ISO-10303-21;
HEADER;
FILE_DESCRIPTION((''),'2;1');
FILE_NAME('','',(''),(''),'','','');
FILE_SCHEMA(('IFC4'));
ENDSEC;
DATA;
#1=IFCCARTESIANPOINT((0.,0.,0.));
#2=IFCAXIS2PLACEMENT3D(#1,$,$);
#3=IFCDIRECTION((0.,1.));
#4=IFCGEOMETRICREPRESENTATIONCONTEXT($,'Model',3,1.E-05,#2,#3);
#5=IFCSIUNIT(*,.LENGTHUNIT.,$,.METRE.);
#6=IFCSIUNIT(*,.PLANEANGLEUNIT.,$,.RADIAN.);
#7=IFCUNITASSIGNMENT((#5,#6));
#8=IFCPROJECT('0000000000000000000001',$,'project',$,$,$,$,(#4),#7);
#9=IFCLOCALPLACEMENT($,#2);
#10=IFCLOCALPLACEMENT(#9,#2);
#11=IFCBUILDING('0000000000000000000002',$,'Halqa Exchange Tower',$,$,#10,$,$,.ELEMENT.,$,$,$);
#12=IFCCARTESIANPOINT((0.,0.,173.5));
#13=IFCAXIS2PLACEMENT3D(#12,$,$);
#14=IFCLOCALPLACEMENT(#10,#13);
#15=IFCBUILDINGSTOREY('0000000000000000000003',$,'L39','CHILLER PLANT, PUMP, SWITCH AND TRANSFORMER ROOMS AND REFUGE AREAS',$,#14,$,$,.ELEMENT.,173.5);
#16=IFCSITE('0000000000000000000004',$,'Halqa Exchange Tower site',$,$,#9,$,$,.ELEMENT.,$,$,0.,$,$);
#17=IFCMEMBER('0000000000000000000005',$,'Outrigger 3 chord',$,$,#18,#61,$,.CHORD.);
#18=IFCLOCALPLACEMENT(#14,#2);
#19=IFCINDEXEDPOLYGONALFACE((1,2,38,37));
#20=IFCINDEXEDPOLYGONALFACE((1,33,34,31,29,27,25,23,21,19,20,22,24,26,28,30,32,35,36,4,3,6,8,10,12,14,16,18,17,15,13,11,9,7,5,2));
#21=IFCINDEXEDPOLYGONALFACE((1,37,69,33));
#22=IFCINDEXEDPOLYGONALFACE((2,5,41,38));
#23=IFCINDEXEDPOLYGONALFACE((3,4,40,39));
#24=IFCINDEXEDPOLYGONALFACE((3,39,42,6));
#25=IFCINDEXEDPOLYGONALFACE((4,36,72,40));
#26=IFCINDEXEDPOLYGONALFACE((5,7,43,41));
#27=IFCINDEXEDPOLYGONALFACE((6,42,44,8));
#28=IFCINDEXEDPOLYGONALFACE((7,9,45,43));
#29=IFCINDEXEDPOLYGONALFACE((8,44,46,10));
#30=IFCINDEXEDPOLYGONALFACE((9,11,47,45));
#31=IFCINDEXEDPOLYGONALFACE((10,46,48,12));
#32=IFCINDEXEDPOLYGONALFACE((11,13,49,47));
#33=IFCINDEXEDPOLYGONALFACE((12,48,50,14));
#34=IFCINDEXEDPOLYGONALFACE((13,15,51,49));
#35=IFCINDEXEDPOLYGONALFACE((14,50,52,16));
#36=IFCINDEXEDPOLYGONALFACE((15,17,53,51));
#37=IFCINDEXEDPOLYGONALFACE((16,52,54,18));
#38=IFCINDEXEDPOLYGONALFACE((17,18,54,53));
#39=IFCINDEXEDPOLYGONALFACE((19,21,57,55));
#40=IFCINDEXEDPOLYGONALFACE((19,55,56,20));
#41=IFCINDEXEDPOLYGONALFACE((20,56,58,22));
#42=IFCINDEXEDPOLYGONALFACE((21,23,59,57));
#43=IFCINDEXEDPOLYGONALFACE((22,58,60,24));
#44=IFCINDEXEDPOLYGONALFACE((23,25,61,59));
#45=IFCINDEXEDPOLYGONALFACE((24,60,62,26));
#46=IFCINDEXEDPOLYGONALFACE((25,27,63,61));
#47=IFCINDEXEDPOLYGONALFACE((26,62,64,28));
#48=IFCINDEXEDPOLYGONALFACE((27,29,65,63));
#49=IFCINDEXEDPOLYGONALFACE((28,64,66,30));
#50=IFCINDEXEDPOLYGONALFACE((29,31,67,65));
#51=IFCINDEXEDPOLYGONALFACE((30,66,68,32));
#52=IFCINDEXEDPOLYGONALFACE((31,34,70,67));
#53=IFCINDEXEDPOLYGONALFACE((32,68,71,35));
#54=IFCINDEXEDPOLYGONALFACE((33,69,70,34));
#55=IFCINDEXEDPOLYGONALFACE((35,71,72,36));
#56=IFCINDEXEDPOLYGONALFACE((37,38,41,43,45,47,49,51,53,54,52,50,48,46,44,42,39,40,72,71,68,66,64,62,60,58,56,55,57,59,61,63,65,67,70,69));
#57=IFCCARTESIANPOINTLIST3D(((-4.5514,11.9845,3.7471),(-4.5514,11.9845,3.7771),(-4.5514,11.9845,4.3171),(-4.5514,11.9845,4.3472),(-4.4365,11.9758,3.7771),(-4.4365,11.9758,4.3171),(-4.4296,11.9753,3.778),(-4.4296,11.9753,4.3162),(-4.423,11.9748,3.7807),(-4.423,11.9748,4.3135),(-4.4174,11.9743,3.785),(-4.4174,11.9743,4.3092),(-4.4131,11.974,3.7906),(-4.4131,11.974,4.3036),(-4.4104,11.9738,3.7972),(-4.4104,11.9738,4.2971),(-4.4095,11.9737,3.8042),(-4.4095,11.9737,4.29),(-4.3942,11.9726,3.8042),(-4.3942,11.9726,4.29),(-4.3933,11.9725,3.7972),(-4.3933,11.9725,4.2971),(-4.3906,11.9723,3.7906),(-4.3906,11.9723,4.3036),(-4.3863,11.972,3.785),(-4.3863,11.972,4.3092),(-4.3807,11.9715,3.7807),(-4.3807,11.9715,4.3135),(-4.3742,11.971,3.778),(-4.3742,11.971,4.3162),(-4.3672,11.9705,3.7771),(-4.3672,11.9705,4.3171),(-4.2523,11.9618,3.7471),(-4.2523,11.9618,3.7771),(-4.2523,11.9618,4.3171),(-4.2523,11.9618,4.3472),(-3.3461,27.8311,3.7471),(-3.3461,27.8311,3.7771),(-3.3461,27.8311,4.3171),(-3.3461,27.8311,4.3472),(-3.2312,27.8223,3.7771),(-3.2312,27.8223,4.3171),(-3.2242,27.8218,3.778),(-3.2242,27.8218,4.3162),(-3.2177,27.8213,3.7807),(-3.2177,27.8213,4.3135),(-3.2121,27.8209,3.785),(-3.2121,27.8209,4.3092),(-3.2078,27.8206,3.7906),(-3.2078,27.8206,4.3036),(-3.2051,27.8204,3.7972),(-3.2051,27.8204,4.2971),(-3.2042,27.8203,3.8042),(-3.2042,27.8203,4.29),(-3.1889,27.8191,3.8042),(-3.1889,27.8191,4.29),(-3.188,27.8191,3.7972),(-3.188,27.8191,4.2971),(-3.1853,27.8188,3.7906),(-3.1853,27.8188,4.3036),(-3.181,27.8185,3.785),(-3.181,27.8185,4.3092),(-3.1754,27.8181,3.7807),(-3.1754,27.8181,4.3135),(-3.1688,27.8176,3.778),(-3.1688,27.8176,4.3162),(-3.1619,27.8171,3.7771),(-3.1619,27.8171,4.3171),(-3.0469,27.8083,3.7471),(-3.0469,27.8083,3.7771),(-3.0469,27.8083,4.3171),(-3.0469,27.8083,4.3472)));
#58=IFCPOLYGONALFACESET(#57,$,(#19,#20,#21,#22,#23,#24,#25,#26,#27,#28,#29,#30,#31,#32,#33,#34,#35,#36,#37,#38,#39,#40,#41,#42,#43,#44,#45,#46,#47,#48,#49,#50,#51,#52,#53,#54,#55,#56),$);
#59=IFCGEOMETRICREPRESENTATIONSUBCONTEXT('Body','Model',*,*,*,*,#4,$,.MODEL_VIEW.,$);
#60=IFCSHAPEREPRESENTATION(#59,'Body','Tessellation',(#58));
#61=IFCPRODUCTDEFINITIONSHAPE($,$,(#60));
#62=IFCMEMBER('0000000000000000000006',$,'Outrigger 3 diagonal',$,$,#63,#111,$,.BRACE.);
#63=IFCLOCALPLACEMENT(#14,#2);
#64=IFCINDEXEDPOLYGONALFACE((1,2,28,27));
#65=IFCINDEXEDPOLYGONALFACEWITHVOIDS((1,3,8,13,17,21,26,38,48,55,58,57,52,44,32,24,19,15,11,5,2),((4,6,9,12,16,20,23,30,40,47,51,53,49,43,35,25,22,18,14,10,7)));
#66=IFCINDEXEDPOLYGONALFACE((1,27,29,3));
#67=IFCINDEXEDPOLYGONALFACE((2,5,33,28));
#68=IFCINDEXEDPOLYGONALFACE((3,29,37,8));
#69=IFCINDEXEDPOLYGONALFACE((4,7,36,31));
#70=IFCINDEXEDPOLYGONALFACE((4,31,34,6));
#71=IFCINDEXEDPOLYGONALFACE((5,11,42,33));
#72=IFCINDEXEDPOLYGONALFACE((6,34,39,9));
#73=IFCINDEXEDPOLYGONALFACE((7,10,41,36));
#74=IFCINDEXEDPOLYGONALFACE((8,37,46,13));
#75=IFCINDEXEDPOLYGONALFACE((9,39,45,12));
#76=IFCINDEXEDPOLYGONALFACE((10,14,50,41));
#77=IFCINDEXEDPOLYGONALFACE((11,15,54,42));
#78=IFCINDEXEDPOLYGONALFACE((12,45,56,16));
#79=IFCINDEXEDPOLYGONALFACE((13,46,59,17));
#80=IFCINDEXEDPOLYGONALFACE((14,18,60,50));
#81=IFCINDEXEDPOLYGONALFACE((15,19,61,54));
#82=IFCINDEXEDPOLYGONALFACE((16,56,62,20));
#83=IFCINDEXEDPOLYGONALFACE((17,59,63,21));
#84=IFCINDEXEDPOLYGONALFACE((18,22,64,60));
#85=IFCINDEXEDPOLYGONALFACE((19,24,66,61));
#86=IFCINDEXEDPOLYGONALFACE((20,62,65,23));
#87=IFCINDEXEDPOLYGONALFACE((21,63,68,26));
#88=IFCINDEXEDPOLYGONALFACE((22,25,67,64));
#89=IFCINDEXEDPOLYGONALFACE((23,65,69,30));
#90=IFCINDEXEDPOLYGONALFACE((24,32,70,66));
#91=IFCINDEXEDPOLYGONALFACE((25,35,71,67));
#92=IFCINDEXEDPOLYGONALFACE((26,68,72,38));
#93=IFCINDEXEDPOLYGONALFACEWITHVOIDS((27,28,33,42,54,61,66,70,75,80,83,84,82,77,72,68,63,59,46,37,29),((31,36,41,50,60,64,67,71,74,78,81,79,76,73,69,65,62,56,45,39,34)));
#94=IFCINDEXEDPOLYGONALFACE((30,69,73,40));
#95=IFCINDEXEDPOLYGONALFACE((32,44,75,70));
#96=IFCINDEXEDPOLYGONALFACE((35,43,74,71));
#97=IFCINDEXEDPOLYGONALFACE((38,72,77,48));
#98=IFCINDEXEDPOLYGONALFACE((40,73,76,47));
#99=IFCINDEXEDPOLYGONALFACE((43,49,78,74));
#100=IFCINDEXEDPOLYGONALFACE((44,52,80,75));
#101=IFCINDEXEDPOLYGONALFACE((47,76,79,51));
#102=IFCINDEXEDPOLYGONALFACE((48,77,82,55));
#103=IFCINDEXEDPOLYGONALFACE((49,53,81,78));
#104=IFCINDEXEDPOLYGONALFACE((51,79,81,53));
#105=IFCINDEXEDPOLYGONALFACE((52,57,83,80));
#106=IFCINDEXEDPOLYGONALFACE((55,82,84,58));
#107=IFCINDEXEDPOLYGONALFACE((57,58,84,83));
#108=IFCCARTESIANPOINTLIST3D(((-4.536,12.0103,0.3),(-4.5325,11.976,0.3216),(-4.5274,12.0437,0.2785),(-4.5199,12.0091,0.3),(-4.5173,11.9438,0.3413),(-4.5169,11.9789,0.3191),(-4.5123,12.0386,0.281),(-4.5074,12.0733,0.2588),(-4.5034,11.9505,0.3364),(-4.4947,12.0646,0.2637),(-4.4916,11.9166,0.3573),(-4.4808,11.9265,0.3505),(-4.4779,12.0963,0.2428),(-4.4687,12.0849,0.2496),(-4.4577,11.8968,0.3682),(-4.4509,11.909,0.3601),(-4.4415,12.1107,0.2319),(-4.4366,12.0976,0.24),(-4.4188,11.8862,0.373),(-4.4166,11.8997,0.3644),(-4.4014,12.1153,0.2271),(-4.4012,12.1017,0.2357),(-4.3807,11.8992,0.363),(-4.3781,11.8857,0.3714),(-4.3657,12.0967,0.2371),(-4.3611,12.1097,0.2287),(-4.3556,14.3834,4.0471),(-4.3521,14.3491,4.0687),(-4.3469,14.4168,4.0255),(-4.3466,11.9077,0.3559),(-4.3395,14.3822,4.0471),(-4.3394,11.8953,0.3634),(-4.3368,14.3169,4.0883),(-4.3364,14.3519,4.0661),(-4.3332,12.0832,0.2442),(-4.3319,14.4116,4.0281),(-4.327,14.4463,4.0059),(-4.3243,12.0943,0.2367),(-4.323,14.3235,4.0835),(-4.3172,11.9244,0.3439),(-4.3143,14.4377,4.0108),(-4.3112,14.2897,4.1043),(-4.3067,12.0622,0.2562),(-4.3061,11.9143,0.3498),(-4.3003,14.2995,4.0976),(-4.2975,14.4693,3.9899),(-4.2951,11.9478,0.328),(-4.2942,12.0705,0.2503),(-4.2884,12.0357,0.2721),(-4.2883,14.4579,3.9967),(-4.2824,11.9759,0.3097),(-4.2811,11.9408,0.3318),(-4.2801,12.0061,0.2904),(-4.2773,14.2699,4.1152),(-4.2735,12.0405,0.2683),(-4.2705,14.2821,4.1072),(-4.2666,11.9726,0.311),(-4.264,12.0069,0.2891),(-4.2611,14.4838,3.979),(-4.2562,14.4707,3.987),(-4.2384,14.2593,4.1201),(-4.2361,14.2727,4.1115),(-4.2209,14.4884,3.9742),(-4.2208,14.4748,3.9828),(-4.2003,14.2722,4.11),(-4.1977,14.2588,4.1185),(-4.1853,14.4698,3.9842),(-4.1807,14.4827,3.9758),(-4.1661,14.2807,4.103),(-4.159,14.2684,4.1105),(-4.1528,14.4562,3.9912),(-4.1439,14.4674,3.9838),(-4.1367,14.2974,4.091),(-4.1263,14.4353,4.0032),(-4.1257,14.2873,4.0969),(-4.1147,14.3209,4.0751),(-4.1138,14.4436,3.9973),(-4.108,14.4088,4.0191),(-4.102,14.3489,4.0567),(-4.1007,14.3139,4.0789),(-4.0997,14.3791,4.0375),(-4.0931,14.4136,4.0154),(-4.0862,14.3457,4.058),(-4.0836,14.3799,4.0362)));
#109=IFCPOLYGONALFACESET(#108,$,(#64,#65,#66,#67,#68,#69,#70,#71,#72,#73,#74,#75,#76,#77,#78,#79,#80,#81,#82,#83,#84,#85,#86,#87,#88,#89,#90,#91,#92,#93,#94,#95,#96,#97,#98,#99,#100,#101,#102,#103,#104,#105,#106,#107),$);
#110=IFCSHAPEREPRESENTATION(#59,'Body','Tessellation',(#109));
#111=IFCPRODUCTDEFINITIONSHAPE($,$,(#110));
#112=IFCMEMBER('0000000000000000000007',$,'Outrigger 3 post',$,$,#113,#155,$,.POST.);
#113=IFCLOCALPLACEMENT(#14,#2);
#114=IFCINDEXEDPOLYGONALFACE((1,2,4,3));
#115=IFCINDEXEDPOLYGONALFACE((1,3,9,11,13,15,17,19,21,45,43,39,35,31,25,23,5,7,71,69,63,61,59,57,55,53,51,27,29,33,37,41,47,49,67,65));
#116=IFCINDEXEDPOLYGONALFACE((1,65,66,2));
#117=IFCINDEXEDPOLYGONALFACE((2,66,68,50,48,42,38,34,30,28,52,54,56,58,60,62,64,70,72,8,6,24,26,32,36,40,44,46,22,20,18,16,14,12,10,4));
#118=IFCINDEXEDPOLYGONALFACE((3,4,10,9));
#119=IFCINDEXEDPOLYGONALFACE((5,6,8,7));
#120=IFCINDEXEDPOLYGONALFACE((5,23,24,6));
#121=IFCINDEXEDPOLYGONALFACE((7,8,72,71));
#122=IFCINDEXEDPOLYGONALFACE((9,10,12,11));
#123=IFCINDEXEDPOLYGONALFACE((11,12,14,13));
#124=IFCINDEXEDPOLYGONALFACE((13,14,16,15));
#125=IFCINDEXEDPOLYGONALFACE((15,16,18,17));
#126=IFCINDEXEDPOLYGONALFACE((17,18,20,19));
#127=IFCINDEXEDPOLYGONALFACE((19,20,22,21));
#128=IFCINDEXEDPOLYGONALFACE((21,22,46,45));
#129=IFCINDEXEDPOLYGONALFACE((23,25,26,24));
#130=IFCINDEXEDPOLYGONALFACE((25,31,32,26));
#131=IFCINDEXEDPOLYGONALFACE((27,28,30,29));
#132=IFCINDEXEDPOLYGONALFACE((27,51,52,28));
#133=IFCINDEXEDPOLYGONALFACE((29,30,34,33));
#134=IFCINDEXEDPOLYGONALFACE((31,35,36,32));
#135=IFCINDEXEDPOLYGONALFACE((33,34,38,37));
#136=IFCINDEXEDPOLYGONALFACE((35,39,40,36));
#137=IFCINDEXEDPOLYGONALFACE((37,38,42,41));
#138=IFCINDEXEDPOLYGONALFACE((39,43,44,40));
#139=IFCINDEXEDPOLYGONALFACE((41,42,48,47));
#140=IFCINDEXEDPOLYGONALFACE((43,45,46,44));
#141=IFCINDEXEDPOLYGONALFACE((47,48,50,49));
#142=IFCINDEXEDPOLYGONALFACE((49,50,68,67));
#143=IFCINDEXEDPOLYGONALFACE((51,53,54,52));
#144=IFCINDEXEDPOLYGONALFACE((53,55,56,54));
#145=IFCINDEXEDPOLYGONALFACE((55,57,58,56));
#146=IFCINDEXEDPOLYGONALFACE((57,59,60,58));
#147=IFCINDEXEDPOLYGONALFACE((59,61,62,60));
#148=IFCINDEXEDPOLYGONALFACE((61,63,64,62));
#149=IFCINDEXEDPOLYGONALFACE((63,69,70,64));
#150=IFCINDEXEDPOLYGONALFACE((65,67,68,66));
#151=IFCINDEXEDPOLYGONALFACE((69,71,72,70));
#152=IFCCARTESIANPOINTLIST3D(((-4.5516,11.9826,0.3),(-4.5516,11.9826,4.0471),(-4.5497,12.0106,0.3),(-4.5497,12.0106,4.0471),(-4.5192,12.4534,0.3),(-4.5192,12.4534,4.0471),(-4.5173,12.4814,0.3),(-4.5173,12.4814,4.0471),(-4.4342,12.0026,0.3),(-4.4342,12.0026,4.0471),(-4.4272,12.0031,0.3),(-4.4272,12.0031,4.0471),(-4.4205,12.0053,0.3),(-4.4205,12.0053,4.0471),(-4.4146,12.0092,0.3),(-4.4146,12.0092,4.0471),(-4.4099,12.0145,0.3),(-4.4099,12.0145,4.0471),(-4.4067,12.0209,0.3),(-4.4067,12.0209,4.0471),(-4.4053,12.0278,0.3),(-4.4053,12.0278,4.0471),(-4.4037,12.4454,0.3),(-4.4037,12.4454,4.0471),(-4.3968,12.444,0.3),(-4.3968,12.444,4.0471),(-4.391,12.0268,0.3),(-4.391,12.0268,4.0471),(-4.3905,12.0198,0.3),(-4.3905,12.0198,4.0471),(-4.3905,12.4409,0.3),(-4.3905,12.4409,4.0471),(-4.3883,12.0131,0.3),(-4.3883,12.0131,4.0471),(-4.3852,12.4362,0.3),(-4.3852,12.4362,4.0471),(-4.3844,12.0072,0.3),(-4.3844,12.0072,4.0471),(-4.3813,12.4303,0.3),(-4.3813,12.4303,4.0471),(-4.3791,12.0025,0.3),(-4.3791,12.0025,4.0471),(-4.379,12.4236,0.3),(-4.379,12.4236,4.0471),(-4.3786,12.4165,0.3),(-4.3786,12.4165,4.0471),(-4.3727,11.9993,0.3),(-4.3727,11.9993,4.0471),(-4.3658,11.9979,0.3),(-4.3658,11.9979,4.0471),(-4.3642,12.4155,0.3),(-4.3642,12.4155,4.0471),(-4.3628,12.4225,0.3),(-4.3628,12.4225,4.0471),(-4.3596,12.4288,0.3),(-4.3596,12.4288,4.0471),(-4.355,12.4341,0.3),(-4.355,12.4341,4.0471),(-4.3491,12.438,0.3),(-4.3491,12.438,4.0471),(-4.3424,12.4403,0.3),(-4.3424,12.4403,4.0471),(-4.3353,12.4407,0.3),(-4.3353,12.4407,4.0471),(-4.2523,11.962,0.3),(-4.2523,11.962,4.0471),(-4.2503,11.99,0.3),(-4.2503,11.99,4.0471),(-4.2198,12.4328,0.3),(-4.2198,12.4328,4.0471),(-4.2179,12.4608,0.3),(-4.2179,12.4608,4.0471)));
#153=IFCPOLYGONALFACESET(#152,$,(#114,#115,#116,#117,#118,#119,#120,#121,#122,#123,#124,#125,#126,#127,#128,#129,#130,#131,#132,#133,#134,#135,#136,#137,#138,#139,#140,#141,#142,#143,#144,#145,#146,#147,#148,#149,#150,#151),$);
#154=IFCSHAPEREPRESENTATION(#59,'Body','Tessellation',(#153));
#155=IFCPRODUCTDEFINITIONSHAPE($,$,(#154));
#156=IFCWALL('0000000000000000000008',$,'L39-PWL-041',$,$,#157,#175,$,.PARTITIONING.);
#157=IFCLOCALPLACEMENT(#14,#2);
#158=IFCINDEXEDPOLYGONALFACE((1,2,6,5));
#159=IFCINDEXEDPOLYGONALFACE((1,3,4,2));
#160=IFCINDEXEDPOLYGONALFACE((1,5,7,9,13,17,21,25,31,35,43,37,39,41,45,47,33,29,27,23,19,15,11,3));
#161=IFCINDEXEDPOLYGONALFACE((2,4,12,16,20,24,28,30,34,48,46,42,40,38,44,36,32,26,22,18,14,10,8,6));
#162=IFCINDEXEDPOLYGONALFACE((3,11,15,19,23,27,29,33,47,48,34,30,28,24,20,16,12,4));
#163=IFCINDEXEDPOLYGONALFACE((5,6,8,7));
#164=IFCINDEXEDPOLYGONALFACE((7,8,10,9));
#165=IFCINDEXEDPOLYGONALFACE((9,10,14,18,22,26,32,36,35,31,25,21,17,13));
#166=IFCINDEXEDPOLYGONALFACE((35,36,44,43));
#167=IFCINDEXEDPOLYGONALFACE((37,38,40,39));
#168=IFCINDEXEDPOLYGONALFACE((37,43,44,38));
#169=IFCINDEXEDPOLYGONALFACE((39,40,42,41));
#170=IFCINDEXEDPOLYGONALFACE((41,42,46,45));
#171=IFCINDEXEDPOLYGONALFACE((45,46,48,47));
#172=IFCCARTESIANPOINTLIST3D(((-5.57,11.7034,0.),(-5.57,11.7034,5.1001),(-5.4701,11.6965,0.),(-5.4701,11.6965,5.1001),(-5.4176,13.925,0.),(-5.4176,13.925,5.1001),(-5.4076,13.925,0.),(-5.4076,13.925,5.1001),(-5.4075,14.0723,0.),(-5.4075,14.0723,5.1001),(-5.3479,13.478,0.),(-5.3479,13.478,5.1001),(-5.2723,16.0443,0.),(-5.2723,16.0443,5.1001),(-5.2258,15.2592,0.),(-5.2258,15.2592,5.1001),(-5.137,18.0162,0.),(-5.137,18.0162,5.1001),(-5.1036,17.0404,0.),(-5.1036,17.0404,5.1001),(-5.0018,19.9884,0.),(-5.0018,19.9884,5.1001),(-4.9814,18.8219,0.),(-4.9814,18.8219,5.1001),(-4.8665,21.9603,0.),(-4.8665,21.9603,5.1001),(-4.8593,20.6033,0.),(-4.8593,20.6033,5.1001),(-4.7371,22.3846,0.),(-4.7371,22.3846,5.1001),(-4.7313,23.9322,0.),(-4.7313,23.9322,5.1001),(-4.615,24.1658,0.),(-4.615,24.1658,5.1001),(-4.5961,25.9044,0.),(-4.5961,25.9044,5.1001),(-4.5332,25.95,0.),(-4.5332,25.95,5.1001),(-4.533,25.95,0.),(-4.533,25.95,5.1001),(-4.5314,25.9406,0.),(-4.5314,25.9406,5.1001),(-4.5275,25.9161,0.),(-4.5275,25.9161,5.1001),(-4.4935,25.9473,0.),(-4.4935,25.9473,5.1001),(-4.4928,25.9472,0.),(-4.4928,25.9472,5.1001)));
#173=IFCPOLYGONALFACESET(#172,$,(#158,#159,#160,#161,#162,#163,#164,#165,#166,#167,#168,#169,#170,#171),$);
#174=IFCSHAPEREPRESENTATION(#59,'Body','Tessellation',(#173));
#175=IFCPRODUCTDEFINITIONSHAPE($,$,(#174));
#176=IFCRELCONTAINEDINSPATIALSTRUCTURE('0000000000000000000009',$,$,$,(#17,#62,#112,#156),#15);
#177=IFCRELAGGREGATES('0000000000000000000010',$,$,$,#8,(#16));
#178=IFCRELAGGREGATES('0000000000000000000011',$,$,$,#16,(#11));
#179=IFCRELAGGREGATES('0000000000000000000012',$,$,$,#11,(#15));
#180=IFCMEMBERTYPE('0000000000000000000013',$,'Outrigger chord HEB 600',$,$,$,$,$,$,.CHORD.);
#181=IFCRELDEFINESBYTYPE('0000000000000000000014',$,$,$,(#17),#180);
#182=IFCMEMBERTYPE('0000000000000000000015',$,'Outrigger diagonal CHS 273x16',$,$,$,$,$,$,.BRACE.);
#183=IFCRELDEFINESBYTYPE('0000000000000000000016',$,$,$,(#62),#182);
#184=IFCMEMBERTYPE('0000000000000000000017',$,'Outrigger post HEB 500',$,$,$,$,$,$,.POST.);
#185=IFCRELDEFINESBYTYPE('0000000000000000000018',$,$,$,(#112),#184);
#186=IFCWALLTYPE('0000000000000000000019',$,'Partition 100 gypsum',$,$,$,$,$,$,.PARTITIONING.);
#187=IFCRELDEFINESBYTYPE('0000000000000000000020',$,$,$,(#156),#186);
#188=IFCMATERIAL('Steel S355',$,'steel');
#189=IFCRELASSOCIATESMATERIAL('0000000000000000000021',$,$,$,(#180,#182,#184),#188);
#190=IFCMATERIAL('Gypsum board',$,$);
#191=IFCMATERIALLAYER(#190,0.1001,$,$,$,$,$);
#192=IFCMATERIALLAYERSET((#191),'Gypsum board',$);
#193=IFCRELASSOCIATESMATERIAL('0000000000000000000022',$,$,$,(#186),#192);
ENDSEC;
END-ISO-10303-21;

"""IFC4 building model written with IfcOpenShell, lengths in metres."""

from ifc_helpers import new_model, si_unit, direction, frame, origin, origin_2d, place, context, subcontext, project, spatial, polyline, hollow_circle, i_section, outline, extrude, material, layer, layer_set, material_profile, profile_set, type_object, element, save


model = new_model("IFC4")

# Units and contexts
model_context = context("Model", 3, precision=1e-05, world=origin(), true_north=direction((0.0, 1.0)))
body_context = subcontext(model_context, "Body", "Model", "MODEL_VIEW")
ifc_project = project(units=[si_unit("LENGTHUNIT", "METRE"), si_unit("PLANEANGLEUNIT", "RADIAN")], contexts=[model_context])

# Site, building, storey
site_placement = place(None, origin())
site = spatial("IfcSite", under=ifc_project, at=site_placement, Name="Halqa Exchange Tower site", CompositionType="ELEMENT", RefElevation=0.0)
building_placement = place(site_placement, origin())
building = spatial("IfcBuilding", under=site, at=building_placement, Name="Halqa Exchange Tower", CompositionType="ELEMENT")
storey_placement = place(building_placement, frame((0.0, 0.0, 173.5)))
storey = spatial("IfcBuildingStorey", under=building, at=storey_placement, Name="L39", Description="CHILLER PLANT, PUMP, SWITCH AND TRANSFORMER ROOMS AND REFUGE AREAS", CompositionType="ELEMENT", Elevation=173.5)

# Shared definitions
ifc_material_1 = material(Name="Steel S355", Category="steel")

# Members
ifc_material_profile_1 = material_profile(ifc_material_1, i_section(OverallWidth=0.3, OverallDepth=0.6001, WebThickness=0.0154, FlangeThickness=0.03, FilletRadius=0.0271, at=origin_2d()), Name="HEB 600")
ifc_profile_set_1 = profile_set([ifc_material_profile_1], Name="Steel S355")
member_type_1 = type_object("IfcMemberType", Name="Outrigger chord HEB 600", PredefinedType="CHORD", material=ifc_profile_set_1)
member_1_placement = place(storey_placement, frame((-4.4019, 11.9731, 4.0471), z_axis=(0.075842, 0.99712, 0.0), x_axis=(-0.99712, 0.075842, 0.0)))
element("IfcMember", 1, at=member_1_placement, inside=storey, type_object=member_type_1, Name="Outrigger 3 chord", PredefinedType="CHORD", context=body_context, shape_type="SweptSolid", body=[
    extrude(i_section(OverallWidth=0.3, OverallDepth=0.6001, WebThickness=0.0154, FlangeThickness=0.03, FilletRadius=0.0271, at=origin_2d()), origin(), (0.0, 0.0, 1.0), 15.8923),
])
ifc_material_profile_2 = material_profile(ifc_material_1, hollow_circle(Radius=0.1365, WallThickness=0.0161, at=origin_2d()), Name="CHS 273x16")
ifc_profile_set_2 = profile_set([ifc_material_profile_2], Name="Steel S355")
member_type_2 = type_object("IfcMemberType", Name="Outrigger diagonal CHS 273x16", PredefinedType="BRACE", material=ifc_profile_set_2)
member_2_placement = place(storey_placement, frame((-4.3999, 12.0, 0.3), z_axis=(0.040645, 0.534594, 0.844131), x_axis=(-0.997122, 0.07581, 0.0)))
element("IfcMember", 2, at=member_2_placement, inside=storey, type_object=member_type_2, Name="Outrigger 3 diagonal", PredefinedType="BRACE", context=body_context, shape_type="SweptSolid", body=[
    extrude(hollow_circle(Radius=0.1365, WallThickness=0.0161, at=origin_2d()), origin(), (0.0, 0.0, 1.0), 4.439),
])
ifc_material_profile_3 = material_profile(ifc_material_1, i_section(OverallWidth=0.3, OverallDepth=0.5, WebThickness=0.0144, FlangeThickness=0.0281, FilletRadius=0.0271, at=origin_2d()), Name="HEB 500")
ifc_profile_set_3 = profile_set([ifc_material_profile_3], Name="Steel S355")
member_type_3 = type_object("IfcMemberType", Name="Outrigger post HEB 500", PredefinedType="POST", material=ifc_profile_set_3)
member_3_placement = place(storey_placement, frame((-4.3848, 12.2217, 0.3), z_axis=(0.0, 0.0, 1.0), x_axis=(-0.997637, 0.068712, 0.0)))
element("IfcMember", 3, at=member_3_placement, inside=storey, type_object=member_type_3, Name="Outrigger 3 post", PredefinedType="POST", context=body_context, shape_type="SweptSolid", body=[
    extrude(i_section(OverallWidth=0.3, OverallDepth=0.5, WebThickness=0.0144, FlangeThickness=0.0281, FilletRadius=0.0271, at=origin_2d()), origin(), (0.0, 0.0, 1.0), 3.7471),
])

# Wall
ifc_material_2 = material(Name="Gypsum board")
ifc_layer_1 = layer(ifc_material_2, 0.1001)
ifc_layer_set_1 = layer_set([ifc_layer_1], Name="Gypsum board")
wall_type_1 = type_object("IfcWallType", Name="Partition 100 gypsum", PredefinedType="PARTITIONING", material=ifc_layer_set_1)
wall_1_placement = place(storey_placement, frame((-5.52, 11.7, 0.0), z_axis=(0.0, 0.0, 1.0), x_axis=(0.068418, 0.997657, 0.0)))
element("IfcWall", 4, at=wall_1_placement, inside=storey, type_object=wall_type_1, Name="L39-PWL-041", PredefinedType="PARTITIONING", context=body_context, shape_type="SweptSolid", body=[
    extrude(outline(polyline([(14.2842, -0.05), (14.2842, -0.0493), (14.2749, -0.012), (14.2842, -0.0098), (14.2842, -0.0095), (14.2507, -0.0176), (14.2344, 0.05), (12.2576, 0.05), (10.281, 0.05), (8.3044, 0.05), (6.3276, 0.05), (4.3511, 0.05), (2.3745, 0.05), (2.2275, 0.04), (2.2268, 0.05), (0.0, 0.05), (0.0, -0.05), (1.7856, -0.05), (3.571, -0.05), (5.3564, -0.05), (7.1421, -0.05), (8.9277, -0.05), (10.7131, -0.05), (12.4985, -0.05), (14.2842, -0.05)])), origin(), (0.0, 0.0, 1.0), 5.1001),
])

save(model, "model.ifc")
